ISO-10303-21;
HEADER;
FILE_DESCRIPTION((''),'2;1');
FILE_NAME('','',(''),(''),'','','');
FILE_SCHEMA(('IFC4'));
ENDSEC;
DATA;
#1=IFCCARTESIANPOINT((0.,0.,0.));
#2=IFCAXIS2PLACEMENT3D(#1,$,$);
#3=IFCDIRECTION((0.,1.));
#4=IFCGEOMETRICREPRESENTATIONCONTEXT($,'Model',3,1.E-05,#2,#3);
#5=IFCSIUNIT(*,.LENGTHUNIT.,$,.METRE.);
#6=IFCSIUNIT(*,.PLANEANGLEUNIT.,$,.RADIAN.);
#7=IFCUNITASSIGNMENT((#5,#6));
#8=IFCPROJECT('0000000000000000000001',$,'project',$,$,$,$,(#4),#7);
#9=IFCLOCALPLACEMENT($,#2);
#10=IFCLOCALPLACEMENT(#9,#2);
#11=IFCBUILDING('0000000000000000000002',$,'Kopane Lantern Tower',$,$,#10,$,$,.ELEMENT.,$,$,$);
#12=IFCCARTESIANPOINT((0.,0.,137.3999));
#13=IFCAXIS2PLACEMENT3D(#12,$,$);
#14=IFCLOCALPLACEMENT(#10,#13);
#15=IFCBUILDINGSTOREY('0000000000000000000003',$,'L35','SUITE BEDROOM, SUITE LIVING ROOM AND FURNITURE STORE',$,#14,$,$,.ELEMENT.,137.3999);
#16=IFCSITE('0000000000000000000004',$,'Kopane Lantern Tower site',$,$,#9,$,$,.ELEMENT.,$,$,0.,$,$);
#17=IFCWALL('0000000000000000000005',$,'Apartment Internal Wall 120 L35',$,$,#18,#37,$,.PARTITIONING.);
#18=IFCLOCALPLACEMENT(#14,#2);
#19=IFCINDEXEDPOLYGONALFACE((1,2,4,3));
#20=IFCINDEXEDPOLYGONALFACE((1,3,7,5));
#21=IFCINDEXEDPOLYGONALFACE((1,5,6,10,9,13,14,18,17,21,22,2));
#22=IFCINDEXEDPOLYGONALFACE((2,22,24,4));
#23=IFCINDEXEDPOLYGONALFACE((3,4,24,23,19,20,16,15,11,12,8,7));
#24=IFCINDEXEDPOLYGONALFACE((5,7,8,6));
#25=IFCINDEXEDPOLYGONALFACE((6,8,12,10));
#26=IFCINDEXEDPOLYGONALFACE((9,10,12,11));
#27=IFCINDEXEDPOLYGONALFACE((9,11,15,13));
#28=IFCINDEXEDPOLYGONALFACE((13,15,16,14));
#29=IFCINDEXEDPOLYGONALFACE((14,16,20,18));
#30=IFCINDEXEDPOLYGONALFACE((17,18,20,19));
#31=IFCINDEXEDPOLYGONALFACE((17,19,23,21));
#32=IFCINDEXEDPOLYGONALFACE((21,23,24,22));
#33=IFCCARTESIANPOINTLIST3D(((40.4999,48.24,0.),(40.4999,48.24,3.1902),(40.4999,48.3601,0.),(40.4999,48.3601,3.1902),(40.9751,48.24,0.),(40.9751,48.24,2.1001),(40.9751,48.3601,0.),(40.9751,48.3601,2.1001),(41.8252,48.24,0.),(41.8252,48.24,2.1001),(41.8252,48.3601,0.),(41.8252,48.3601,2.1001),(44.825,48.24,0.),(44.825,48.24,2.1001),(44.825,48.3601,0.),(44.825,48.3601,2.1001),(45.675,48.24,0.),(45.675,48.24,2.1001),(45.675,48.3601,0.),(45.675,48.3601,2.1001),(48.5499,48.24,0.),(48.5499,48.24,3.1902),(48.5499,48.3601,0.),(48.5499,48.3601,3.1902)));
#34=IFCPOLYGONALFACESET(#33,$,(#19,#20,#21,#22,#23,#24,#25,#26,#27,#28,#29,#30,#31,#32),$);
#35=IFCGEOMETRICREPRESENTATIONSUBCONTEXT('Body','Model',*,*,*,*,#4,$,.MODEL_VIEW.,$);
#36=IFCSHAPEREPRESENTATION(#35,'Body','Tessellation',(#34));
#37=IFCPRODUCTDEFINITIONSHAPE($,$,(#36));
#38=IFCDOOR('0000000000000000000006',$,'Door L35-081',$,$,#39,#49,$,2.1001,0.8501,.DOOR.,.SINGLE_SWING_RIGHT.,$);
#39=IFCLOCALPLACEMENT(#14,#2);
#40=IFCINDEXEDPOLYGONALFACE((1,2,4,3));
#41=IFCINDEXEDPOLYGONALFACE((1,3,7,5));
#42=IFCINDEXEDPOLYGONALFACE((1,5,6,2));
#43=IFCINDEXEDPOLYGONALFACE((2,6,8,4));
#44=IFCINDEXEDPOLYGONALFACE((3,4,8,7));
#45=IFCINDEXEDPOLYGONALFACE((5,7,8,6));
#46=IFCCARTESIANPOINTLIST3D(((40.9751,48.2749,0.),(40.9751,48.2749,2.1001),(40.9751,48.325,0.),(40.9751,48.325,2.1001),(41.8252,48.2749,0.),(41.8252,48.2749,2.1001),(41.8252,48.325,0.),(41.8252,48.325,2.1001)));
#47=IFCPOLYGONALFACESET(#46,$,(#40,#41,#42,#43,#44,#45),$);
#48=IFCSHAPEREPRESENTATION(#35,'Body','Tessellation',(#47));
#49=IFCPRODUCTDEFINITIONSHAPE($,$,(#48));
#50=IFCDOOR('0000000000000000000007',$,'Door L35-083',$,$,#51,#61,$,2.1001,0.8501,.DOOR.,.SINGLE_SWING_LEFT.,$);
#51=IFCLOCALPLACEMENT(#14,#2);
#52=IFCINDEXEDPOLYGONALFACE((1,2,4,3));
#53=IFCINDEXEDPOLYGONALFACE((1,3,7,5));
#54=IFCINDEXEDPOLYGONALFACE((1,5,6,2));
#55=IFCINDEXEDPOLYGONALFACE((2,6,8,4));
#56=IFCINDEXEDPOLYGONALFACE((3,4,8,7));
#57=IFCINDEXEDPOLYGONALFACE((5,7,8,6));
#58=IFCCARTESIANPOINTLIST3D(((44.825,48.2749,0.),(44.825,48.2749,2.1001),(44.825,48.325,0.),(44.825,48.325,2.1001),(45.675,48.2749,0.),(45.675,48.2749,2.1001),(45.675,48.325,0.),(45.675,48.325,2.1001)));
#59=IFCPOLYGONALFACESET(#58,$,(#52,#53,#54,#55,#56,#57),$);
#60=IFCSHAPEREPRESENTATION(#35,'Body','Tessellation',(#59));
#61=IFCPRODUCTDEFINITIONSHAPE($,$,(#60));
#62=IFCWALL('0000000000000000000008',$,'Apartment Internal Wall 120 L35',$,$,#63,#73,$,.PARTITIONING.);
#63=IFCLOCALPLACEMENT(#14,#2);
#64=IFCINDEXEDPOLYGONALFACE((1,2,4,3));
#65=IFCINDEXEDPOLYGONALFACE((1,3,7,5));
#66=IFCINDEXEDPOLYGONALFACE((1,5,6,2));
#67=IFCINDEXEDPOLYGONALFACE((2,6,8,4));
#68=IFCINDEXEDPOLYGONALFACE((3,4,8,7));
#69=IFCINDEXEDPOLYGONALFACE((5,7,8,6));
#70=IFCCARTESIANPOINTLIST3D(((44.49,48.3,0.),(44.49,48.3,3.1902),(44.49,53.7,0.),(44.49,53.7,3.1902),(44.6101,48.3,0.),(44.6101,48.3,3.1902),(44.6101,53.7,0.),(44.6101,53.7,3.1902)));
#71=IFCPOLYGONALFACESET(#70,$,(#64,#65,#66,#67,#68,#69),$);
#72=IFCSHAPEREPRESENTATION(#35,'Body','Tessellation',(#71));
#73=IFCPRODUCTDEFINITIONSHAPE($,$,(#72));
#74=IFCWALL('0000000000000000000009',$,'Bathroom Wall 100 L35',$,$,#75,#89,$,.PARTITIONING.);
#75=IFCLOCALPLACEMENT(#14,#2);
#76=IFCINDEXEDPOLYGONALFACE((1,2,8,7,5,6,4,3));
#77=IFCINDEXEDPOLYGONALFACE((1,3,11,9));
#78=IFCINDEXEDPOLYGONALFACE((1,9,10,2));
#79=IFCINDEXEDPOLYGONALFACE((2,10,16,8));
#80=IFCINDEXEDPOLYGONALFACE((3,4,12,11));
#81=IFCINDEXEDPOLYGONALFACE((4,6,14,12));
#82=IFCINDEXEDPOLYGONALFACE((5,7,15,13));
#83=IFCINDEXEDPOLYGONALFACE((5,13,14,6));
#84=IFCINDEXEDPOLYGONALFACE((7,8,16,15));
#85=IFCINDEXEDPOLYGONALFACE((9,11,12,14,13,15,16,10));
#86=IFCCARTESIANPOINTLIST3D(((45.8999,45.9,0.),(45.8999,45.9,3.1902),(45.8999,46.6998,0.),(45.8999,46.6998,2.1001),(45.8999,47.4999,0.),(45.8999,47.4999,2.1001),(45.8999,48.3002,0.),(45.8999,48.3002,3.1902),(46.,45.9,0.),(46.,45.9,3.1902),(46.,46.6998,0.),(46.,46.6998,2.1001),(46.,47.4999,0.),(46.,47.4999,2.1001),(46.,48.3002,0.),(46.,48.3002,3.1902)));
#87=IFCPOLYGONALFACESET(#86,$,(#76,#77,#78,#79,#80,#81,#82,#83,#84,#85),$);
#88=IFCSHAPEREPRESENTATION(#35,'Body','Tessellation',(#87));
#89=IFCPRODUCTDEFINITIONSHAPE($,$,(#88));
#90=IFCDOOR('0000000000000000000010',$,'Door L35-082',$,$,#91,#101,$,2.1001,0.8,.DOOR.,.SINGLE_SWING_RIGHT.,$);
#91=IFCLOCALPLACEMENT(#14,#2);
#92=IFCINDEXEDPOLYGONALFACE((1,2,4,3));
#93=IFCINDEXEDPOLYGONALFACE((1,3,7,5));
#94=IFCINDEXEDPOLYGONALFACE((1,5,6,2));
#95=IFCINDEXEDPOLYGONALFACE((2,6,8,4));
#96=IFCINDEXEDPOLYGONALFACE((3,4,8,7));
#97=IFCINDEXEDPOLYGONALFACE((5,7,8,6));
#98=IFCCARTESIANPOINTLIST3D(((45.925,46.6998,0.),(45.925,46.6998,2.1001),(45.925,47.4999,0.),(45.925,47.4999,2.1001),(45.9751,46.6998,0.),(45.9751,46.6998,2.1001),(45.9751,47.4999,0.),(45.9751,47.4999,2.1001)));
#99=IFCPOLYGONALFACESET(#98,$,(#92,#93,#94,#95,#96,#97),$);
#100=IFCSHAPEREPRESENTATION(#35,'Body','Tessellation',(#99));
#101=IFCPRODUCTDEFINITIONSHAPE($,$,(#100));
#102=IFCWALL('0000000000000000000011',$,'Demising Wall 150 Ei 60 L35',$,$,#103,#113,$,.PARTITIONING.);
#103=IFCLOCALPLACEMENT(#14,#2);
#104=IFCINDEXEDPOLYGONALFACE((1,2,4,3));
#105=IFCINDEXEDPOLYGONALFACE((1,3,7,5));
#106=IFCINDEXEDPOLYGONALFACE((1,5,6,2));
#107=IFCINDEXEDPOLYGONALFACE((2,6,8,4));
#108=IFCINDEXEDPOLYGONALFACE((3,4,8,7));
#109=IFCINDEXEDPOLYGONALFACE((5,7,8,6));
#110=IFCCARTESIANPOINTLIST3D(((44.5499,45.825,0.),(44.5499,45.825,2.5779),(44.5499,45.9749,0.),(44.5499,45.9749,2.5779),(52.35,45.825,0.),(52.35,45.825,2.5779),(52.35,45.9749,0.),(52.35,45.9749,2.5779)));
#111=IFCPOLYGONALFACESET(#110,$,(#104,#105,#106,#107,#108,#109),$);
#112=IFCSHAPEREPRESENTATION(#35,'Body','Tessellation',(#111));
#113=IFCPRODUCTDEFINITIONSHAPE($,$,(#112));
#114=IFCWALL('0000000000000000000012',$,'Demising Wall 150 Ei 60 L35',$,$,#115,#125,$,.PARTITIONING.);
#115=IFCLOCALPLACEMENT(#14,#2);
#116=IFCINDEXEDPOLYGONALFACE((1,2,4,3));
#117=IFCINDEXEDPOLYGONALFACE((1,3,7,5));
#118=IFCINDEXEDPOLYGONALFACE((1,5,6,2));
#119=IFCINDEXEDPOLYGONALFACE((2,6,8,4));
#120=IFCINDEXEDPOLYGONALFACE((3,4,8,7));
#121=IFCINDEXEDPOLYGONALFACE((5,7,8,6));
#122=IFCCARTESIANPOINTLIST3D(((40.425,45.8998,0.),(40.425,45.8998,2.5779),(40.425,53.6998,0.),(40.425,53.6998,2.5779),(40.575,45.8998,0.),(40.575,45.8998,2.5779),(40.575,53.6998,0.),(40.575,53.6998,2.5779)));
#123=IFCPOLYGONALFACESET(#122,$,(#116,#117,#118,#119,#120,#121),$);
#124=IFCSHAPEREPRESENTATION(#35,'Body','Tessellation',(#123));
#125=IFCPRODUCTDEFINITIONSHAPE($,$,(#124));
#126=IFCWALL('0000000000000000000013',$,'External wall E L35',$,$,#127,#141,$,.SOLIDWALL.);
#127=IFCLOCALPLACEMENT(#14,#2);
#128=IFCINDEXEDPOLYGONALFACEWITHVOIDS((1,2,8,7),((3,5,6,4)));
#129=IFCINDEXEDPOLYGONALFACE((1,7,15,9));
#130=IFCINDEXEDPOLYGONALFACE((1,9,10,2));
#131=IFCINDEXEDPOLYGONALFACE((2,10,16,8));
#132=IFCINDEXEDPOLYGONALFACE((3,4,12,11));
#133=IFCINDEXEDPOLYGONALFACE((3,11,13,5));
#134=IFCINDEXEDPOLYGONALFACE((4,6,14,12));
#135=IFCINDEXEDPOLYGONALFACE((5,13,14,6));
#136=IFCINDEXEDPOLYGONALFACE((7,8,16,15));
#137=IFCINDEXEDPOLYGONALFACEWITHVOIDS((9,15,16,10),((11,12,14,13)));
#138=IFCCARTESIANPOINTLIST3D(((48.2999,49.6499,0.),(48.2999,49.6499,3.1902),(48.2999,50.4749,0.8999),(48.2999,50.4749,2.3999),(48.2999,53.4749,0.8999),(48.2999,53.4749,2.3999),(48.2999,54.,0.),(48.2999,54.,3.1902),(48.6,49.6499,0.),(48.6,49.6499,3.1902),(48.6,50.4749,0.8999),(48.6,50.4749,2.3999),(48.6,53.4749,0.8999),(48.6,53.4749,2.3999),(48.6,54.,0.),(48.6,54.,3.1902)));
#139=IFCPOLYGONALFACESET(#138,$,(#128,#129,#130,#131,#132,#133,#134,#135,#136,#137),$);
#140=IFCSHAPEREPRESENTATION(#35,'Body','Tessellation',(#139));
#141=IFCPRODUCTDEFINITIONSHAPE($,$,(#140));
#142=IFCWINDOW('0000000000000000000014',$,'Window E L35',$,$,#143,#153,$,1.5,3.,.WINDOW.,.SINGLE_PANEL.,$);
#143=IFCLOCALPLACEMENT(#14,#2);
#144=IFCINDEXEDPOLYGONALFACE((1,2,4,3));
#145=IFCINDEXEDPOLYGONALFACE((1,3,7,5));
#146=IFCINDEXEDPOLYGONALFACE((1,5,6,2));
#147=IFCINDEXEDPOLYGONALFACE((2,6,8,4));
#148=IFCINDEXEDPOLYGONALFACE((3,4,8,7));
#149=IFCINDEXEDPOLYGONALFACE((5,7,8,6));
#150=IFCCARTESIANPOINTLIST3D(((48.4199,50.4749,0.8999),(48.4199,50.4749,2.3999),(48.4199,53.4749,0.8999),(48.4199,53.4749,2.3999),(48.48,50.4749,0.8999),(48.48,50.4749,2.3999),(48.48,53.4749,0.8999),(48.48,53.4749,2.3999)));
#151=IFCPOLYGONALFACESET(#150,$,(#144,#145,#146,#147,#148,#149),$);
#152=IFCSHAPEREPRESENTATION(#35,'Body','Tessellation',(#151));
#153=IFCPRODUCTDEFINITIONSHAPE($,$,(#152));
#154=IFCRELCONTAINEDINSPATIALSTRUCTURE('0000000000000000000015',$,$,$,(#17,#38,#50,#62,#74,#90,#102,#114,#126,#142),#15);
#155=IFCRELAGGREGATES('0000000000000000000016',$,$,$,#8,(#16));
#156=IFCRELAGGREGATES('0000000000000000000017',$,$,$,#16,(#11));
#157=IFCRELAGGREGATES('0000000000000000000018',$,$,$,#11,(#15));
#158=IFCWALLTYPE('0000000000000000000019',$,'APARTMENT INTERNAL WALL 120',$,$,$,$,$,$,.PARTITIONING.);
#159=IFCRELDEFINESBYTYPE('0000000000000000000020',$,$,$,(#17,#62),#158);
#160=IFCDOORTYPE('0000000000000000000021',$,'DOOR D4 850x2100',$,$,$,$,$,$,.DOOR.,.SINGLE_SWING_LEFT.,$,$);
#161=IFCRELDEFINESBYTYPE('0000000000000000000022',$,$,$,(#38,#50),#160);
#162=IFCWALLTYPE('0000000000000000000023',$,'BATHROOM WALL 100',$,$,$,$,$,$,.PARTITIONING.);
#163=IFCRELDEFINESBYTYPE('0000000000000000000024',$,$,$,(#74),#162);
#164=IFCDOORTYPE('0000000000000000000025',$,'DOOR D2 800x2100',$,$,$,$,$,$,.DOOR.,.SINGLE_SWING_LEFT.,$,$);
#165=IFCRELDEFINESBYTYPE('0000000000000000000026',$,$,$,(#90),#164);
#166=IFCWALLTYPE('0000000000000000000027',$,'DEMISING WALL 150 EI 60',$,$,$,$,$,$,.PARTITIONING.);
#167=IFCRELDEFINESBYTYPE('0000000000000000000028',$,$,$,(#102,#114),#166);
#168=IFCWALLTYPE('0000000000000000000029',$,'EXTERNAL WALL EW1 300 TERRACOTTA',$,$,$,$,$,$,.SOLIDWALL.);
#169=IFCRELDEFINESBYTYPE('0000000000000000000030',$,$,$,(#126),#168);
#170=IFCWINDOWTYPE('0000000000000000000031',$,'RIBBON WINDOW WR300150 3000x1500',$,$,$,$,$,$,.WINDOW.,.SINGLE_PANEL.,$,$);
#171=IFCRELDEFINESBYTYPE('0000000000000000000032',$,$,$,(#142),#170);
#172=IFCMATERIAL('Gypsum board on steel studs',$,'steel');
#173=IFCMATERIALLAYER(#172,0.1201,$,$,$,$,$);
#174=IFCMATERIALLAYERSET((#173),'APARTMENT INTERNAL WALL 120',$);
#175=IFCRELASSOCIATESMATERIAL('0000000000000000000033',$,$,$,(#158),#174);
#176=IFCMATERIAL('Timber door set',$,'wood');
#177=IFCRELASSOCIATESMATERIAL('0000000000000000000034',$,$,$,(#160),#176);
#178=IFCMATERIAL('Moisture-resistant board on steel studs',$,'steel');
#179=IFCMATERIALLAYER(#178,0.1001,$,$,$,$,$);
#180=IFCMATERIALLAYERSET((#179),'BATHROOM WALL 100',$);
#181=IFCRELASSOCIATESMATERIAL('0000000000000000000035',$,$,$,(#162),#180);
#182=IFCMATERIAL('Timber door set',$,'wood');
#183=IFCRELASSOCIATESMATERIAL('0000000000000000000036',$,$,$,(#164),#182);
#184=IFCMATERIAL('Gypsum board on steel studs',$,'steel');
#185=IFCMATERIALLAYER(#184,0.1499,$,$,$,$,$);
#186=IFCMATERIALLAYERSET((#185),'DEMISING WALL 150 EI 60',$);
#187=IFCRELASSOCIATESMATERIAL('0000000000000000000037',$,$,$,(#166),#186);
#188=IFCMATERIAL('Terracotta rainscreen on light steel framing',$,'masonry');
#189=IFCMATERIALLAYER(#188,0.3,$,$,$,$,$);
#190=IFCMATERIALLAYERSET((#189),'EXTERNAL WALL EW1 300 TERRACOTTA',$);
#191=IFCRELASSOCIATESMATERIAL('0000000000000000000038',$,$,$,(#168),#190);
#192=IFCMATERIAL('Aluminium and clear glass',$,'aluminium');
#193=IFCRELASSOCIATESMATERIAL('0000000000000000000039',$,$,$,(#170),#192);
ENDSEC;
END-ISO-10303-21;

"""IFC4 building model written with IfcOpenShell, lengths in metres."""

from ifc_helpers import new_model, si_unit, direction, frame, frame_2d, origin, place, context, subcontext, project, spatial, rectangle, extrude, material, layer, layer_set, type_object, element, fill, save


model = new_model("IFC4")

# Units and contexts
model_context = context("Model", 3, precision=1e-05, world=origin(), true_north=direction((0.0, 1.0)))
body_context = subcontext(model_context, "Body", "Model", "MODEL_VIEW")
ifc_project = project(units=[si_unit("LENGTHUNIT", "METRE"), si_unit("PLANEANGLEUNIT", "RADIAN")], contexts=[model_context])

# Site, building, storey
site_placement = place(None, origin())
site = spatial("IfcSite", under=ifc_project, at=site_placement, Name="Kopane Lantern Tower site", CompositionType="ELEMENT", RefElevation=0.0)
building_placement = place(site_placement, origin())
building = spatial("IfcBuilding", under=site, at=building_placement, Name="Kopane Lantern Tower", CompositionType="ELEMENT")
storey_placement = place(building_placement, frame((0.0, 0.0, 137.3999)))
storey = spatial("IfcBuildingStorey", under=building, at=storey_placement, Name="L35", Description="SUITE BEDROOM, SUITE LIVING ROOM AND FURNITURE STORE", CompositionType="ELEMENT", Elevation=137.3999)

# Wall, openings, doors
ifc_material_1 = material(Name="Gypsum board on steel studs", Category="steel")
ifc_layer_1 = layer(ifc_material_1, 0.1201)
ifc_layer_set_1 = layer_set([ifc_layer_1], Name="APARTMENT INTERNAL WALL 120")
wall_type_1 = type_object("IfcWallType", Name="APARTMENT INTERNAL WALL 120", PredefinedType="PARTITIONING", material=ifc_layer_set_1)
wall_1_placement = place(storey_placement, frame((40.5, 48.3, 0.0), z_axis=(0.0, 0.0, 1.0), x_axis=(1.0, 0.0, 0.0)))
wall_1 = element("IfcWall", 1, at=wall_1_placement, inside=storey, type_object=wall_type_1, Name="Apartment Internal Wall 120 L35", PredefinedType="PARTITIONING", context=body_context, shape_type="SweptSolid", body=[
    extrude(rectangle(XDim=8.05, YDim=0.1201, at=frame_2d((4.0249, 0.0))), origin(), (0.0, 0.0, 1.0), 3.1902),
])
opening_1_placement = place(wall_1_placement, frame((0.4751, 0.0, 0.0)))
opening_1 = element("IfcOpeningElement", 2, at=opening_1_placement, cuts=wall_1, PredefinedType="OPENING", context=body_context, shape_type="SweptSolid", body=[
    extrude(rectangle(XDim=0.8501, YDim=2.1001, at=frame_2d((0.425, 1.05))), frame((0.0, 0.0701, 0.0), z_axis=(0.0, -1.0, 0.0), x_axis=(1.0, 0.0, 0.0)), (0.0, 0.0, 1.0), 0.1401),
])
opening_2_placement = place(wall_1_placement, frame((4.325, 0.0, 0.0)))
opening_2 = element("IfcOpeningElement", 3, at=opening_2_placement, cuts=wall_1, PredefinedType="OPENING", context=body_context, shape_type="SweptSolid", body=[
    extrude(rectangle(XDim=0.8501, YDim=2.1001, at=frame_2d((0.425, 1.05))), frame((0.0, 0.0701, 0.0), z_axis=(0.0, -1.0, 0.0), x_axis=(1.0, 0.0, 0.0)), (0.0, 0.0, 1.0), 0.1401),
])
ifc_material_2 = material(Name="Timber door set", Category="wood")
door_type_1 = type_object("IfcDoorType", Name="DOOR D4 850x2100", OperationType="SINGLE_SWING_LEFT", PredefinedType="DOOR", material=ifc_material_2)
door_1_placement = place(opening_1_placement, origin())
door_1 = element("IfcDoor", 4, at=door_1_placement, inside=storey, type_object=door_type_1, Name="Door L35-081", OperationType="SINGLE_SWING_RIGHT", OverallHeight=2.1001, OverallWidth=0.8501, PredefinedType="DOOR", context=body_context, shape_type="SweptSolid", body=[
    extrude(rectangle(XDim=0.8501, YDim=2.1001, at=frame_2d((0.425, 1.05))), frame((0.0, 0.0249, 0.0), z_axis=(0.0, -1.0, 0.0), x_axis=(1.0, 0.0, 0.0)), (0.0, 0.0, 1.0), 0.05),
])
fill(opening_1, door_1)
door_2_placement = place(opening_2_placement, origin())
door_2 = element("IfcDoor", 5, at=door_2_placement, inside=storey, type_object=door_type_1, Name="Door L35-083", OperationType="SINGLE_SWING_LEFT", OverallHeight=2.1001, OverallWidth=0.8501, PredefinedType="DOOR", context=body_context, shape_type="SweptSolid", body=[
    extrude(rectangle(XDim=0.8501, YDim=2.1001, at=frame_2d((0.425, 1.05))), frame((0.0, 0.0249, 0.0), z_axis=(0.0, -1.0, 0.0), x_axis=(1.0, 0.0, 0.0)), (0.0, 0.0, 1.0), 0.05),
])
fill(opening_2, door_2)

# Wall
wall_2_placement = place(storey_placement, frame((44.55, 48.3, 0.0), z_axis=(0.0, 0.0, 1.0), x_axis=(0.0, 1.0, 0.0)))
element("IfcWall", 6, at=wall_2_placement, inside=storey, type_object=wall_type_1, Name="Apartment Internal Wall 120 L35", PredefinedType="PARTITIONING", context=body_context, shape_type="SweptSolid", body=[
    extrude(rectangle(XDim=5.3999, YDim=0.1201, at=frame_2d((2.7, 0.0))), origin(), (0.0, 0.0, 1.0), 3.1902),
])

# Wall, opening, door
ifc_material_3 = material(Name="Moisture-resistant board on steel studs", Category="steel")
ifc_layer_2 = layer(ifc_material_3, 0.1001)
ifc_layer_set_2 = layer_set([ifc_layer_2], Name="BATHROOM WALL 100")
wall_type_2 = type_object("IfcWallType", Name="BATHROOM WALL 100", PredefinedType="PARTITIONING", material=ifc_layer_set_2)
wall_3_placement = place(storey_placement, frame((45.95, 45.8999, 0.0), z_axis=(0.0, 0.0, 1.0), x_axis=(0.0, 1.0, 0.0)))
wall_3 = element("IfcWall", 7, at=wall_3_placement, inside=storey, type_object=wall_type_2, Name="Bathroom Wall 100 L35", PredefinedType="PARTITIONING", context=body_context, shape_type="SweptSolid", body=[
    extrude(rectangle(XDim=2.4001, YDim=0.1001, at=frame_2d((1.2002, 0.0))), origin(), (0.0, 0.0, 1.0), 3.1902),
])
opening_3_placement = place(wall_3_placement, frame((0.8, 0.0, 0.0)))
opening_3 = element("IfcOpeningElement", 8, at=opening_3_placement, cuts=wall_3, PredefinedType="OPENING", context=body_context, shape_type="SweptSolid", body=[
    extrude(rectangle(XDim=0.8, YDim=2.1001, at=frame_2d((0.3999, 1.05))), frame((0.0, 0.0601, 0.0), z_axis=(0.0, -1.0, 0.0), x_axis=(1.0, 0.0, 0.0)), (0.0, 0.0, 1.0), 0.1201),
])
ifc_material_4 = material(Name="Timber door set", Category="wood")
door_type_2 = type_object("IfcDoorType", Name="DOOR D2 800x2100", OperationType="SINGLE_SWING_LEFT", PredefinedType="DOOR", material=ifc_material_4)
door_3_placement = place(opening_3_placement, origin())
door_3 = element("IfcDoor", 9, at=door_3_placement, inside=storey, type_object=door_type_2, Name="Door L35-082", OperationType="SINGLE_SWING_RIGHT", OverallHeight=2.1001, OverallWidth=0.8, PredefinedType="DOOR", context=body_context, shape_type="SweptSolid", body=[
    extrude(rectangle(XDim=0.8, YDim=2.1001, at=frame_2d((0.3999, 1.05))), frame((0.0, 0.0249, 0.0), z_axis=(0.0, -1.0, 0.0), x_axis=(1.0, 0.0, 0.0)), (0.0, 0.0, 1.0), 0.05),
])
fill(opening_3, door_3)

# Walls
ifc_material_5 = material(Name="Gypsum board on steel studs", Category="steel")
ifc_layer_3 = layer(ifc_material_5, 0.1499)
ifc_layer_set_3 = layer_set([ifc_layer_3], Name="DEMISING WALL 150 EI 60")
wall_type_3 = type_object("IfcWallType", Name="DEMISING WALL 150 EI 60", PredefinedType="PARTITIONING", material=ifc_layer_set_3)
for number, where, z_axis, x_axis, name in (
    (10, (44.55, 45.8999, 0.0), (0.0, 0.0, 1.0), (1.0, 0.0, 0.0), "Demising Wall 150 Ei 60 L35"),
    (11, (40.5, 45.8999, 0.0), (0.0, 0.0, 1.0), (0.0, 1.0, 0.0), "Demising Wall 150 Ei 60 L35"),
):
    element("IfcWall", number, at=place(storey_placement, frame(where, z_axis=z_axis, x_axis=x_axis)), inside=storey, type_object=wall_type_3, Name=name, PredefinedType="PARTITIONING", context=body_context, shape_type="SweptSolid", body=[
        extrude(rectangle(XDim=7.8, YDim=0.1499, at=frame_2d((3.8999, 0.0))), origin(), (0.0, 0.0, 1.0), 2.5779),
    ])

# Wall, opening, window
ifc_material_6 = material(Name="Terracotta rainscreen on light steel framing", Category="masonry")
ifc_layer_4 = layer(ifc_material_6, 0.3)
ifc_layer_set_4 = layer_set([ifc_layer_4], Name="EXTERNAL WALL EW1 300 TERRACOTTA")
wall_type_4 = type_object("IfcWallType", Name="EXTERNAL WALL EW1 300 TERRACOTTA", PredefinedType="SOLIDWALL", material=ifc_layer_set_4)
wall_4_placement = place(storey_placement, frame((48.45, 49.6499, 0.0), z_axis=(0.0, 0.0, 1.0), x_axis=(0.0, 1.0, 0.0)))
wall_4 = element("IfcWall", 12, at=wall_4_placement, inside=storey, type_object=wall_type_4, Name="External wall E L35", PredefinedType="SOLIDWALL", context=body_context, shape_type="SweptSolid", body=[
    extrude(rectangle(XDim=4.3501, YDim=0.3, at=frame_2d((2.175, 0.0))), origin(), (0.0, 0.0, 1.0), 3.1902),
])
opening_4_placement = place(wall_4_placement, frame((0.825, 0.0, 0.8999)))
opening_4 = element("IfcOpeningElement", 13, at=opening_4_placement, cuts=wall_4, PredefinedType="OPENING", context=body_context, shape_type="SweptSolid", body=[
    extrude(rectangle(XDim=3.0, YDim=1.5, at=frame_2d((1.5, 0.75))), frame((0.0, 0.1599, 0.0), z_axis=(0.0, -1.0, 0.0), x_axis=(1.0, 0.0, 0.0)), (0.0, 0.0, 1.0), 0.3201),
])
ifc_material_7 = material(Name="Aluminium and clear glass", Category="aluminium")
window_type_1 = type_object("IfcWindowType", Name="RIBBON WINDOW WR300150 3000x1500", PartitioningType="SINGLE_PANEL", PredefinedType="WINDOW", material=ifc_material_7)
window_1_placement = place(opening_4_placement, origin())
window_1 = element("IfcWindow", 14, at=window_1_placement, inside=storey, type_object=window_type_1, Name="Window E L35", OverallHeight=1.5, OverallWidth=3.0, PartitioningType="SINGLE_PANEL", PredefinedType="WINDOW", context=body_context, shape_type="SweptSolid", body=[
    extrude(rectangle(XDim=3.0, YDim=1.5, at=frame_2d((1.5, 0.75))), frame((0.0, 0.03, 0.0), z_axis=(0.0, -1.0, 0.0), x_axis=(1.0, 0.0, 0.0)), (0.0, 0.0, 1.0), 0.0601),
])
fill(opening_4, window_1)

save(model, "model.ifc")
